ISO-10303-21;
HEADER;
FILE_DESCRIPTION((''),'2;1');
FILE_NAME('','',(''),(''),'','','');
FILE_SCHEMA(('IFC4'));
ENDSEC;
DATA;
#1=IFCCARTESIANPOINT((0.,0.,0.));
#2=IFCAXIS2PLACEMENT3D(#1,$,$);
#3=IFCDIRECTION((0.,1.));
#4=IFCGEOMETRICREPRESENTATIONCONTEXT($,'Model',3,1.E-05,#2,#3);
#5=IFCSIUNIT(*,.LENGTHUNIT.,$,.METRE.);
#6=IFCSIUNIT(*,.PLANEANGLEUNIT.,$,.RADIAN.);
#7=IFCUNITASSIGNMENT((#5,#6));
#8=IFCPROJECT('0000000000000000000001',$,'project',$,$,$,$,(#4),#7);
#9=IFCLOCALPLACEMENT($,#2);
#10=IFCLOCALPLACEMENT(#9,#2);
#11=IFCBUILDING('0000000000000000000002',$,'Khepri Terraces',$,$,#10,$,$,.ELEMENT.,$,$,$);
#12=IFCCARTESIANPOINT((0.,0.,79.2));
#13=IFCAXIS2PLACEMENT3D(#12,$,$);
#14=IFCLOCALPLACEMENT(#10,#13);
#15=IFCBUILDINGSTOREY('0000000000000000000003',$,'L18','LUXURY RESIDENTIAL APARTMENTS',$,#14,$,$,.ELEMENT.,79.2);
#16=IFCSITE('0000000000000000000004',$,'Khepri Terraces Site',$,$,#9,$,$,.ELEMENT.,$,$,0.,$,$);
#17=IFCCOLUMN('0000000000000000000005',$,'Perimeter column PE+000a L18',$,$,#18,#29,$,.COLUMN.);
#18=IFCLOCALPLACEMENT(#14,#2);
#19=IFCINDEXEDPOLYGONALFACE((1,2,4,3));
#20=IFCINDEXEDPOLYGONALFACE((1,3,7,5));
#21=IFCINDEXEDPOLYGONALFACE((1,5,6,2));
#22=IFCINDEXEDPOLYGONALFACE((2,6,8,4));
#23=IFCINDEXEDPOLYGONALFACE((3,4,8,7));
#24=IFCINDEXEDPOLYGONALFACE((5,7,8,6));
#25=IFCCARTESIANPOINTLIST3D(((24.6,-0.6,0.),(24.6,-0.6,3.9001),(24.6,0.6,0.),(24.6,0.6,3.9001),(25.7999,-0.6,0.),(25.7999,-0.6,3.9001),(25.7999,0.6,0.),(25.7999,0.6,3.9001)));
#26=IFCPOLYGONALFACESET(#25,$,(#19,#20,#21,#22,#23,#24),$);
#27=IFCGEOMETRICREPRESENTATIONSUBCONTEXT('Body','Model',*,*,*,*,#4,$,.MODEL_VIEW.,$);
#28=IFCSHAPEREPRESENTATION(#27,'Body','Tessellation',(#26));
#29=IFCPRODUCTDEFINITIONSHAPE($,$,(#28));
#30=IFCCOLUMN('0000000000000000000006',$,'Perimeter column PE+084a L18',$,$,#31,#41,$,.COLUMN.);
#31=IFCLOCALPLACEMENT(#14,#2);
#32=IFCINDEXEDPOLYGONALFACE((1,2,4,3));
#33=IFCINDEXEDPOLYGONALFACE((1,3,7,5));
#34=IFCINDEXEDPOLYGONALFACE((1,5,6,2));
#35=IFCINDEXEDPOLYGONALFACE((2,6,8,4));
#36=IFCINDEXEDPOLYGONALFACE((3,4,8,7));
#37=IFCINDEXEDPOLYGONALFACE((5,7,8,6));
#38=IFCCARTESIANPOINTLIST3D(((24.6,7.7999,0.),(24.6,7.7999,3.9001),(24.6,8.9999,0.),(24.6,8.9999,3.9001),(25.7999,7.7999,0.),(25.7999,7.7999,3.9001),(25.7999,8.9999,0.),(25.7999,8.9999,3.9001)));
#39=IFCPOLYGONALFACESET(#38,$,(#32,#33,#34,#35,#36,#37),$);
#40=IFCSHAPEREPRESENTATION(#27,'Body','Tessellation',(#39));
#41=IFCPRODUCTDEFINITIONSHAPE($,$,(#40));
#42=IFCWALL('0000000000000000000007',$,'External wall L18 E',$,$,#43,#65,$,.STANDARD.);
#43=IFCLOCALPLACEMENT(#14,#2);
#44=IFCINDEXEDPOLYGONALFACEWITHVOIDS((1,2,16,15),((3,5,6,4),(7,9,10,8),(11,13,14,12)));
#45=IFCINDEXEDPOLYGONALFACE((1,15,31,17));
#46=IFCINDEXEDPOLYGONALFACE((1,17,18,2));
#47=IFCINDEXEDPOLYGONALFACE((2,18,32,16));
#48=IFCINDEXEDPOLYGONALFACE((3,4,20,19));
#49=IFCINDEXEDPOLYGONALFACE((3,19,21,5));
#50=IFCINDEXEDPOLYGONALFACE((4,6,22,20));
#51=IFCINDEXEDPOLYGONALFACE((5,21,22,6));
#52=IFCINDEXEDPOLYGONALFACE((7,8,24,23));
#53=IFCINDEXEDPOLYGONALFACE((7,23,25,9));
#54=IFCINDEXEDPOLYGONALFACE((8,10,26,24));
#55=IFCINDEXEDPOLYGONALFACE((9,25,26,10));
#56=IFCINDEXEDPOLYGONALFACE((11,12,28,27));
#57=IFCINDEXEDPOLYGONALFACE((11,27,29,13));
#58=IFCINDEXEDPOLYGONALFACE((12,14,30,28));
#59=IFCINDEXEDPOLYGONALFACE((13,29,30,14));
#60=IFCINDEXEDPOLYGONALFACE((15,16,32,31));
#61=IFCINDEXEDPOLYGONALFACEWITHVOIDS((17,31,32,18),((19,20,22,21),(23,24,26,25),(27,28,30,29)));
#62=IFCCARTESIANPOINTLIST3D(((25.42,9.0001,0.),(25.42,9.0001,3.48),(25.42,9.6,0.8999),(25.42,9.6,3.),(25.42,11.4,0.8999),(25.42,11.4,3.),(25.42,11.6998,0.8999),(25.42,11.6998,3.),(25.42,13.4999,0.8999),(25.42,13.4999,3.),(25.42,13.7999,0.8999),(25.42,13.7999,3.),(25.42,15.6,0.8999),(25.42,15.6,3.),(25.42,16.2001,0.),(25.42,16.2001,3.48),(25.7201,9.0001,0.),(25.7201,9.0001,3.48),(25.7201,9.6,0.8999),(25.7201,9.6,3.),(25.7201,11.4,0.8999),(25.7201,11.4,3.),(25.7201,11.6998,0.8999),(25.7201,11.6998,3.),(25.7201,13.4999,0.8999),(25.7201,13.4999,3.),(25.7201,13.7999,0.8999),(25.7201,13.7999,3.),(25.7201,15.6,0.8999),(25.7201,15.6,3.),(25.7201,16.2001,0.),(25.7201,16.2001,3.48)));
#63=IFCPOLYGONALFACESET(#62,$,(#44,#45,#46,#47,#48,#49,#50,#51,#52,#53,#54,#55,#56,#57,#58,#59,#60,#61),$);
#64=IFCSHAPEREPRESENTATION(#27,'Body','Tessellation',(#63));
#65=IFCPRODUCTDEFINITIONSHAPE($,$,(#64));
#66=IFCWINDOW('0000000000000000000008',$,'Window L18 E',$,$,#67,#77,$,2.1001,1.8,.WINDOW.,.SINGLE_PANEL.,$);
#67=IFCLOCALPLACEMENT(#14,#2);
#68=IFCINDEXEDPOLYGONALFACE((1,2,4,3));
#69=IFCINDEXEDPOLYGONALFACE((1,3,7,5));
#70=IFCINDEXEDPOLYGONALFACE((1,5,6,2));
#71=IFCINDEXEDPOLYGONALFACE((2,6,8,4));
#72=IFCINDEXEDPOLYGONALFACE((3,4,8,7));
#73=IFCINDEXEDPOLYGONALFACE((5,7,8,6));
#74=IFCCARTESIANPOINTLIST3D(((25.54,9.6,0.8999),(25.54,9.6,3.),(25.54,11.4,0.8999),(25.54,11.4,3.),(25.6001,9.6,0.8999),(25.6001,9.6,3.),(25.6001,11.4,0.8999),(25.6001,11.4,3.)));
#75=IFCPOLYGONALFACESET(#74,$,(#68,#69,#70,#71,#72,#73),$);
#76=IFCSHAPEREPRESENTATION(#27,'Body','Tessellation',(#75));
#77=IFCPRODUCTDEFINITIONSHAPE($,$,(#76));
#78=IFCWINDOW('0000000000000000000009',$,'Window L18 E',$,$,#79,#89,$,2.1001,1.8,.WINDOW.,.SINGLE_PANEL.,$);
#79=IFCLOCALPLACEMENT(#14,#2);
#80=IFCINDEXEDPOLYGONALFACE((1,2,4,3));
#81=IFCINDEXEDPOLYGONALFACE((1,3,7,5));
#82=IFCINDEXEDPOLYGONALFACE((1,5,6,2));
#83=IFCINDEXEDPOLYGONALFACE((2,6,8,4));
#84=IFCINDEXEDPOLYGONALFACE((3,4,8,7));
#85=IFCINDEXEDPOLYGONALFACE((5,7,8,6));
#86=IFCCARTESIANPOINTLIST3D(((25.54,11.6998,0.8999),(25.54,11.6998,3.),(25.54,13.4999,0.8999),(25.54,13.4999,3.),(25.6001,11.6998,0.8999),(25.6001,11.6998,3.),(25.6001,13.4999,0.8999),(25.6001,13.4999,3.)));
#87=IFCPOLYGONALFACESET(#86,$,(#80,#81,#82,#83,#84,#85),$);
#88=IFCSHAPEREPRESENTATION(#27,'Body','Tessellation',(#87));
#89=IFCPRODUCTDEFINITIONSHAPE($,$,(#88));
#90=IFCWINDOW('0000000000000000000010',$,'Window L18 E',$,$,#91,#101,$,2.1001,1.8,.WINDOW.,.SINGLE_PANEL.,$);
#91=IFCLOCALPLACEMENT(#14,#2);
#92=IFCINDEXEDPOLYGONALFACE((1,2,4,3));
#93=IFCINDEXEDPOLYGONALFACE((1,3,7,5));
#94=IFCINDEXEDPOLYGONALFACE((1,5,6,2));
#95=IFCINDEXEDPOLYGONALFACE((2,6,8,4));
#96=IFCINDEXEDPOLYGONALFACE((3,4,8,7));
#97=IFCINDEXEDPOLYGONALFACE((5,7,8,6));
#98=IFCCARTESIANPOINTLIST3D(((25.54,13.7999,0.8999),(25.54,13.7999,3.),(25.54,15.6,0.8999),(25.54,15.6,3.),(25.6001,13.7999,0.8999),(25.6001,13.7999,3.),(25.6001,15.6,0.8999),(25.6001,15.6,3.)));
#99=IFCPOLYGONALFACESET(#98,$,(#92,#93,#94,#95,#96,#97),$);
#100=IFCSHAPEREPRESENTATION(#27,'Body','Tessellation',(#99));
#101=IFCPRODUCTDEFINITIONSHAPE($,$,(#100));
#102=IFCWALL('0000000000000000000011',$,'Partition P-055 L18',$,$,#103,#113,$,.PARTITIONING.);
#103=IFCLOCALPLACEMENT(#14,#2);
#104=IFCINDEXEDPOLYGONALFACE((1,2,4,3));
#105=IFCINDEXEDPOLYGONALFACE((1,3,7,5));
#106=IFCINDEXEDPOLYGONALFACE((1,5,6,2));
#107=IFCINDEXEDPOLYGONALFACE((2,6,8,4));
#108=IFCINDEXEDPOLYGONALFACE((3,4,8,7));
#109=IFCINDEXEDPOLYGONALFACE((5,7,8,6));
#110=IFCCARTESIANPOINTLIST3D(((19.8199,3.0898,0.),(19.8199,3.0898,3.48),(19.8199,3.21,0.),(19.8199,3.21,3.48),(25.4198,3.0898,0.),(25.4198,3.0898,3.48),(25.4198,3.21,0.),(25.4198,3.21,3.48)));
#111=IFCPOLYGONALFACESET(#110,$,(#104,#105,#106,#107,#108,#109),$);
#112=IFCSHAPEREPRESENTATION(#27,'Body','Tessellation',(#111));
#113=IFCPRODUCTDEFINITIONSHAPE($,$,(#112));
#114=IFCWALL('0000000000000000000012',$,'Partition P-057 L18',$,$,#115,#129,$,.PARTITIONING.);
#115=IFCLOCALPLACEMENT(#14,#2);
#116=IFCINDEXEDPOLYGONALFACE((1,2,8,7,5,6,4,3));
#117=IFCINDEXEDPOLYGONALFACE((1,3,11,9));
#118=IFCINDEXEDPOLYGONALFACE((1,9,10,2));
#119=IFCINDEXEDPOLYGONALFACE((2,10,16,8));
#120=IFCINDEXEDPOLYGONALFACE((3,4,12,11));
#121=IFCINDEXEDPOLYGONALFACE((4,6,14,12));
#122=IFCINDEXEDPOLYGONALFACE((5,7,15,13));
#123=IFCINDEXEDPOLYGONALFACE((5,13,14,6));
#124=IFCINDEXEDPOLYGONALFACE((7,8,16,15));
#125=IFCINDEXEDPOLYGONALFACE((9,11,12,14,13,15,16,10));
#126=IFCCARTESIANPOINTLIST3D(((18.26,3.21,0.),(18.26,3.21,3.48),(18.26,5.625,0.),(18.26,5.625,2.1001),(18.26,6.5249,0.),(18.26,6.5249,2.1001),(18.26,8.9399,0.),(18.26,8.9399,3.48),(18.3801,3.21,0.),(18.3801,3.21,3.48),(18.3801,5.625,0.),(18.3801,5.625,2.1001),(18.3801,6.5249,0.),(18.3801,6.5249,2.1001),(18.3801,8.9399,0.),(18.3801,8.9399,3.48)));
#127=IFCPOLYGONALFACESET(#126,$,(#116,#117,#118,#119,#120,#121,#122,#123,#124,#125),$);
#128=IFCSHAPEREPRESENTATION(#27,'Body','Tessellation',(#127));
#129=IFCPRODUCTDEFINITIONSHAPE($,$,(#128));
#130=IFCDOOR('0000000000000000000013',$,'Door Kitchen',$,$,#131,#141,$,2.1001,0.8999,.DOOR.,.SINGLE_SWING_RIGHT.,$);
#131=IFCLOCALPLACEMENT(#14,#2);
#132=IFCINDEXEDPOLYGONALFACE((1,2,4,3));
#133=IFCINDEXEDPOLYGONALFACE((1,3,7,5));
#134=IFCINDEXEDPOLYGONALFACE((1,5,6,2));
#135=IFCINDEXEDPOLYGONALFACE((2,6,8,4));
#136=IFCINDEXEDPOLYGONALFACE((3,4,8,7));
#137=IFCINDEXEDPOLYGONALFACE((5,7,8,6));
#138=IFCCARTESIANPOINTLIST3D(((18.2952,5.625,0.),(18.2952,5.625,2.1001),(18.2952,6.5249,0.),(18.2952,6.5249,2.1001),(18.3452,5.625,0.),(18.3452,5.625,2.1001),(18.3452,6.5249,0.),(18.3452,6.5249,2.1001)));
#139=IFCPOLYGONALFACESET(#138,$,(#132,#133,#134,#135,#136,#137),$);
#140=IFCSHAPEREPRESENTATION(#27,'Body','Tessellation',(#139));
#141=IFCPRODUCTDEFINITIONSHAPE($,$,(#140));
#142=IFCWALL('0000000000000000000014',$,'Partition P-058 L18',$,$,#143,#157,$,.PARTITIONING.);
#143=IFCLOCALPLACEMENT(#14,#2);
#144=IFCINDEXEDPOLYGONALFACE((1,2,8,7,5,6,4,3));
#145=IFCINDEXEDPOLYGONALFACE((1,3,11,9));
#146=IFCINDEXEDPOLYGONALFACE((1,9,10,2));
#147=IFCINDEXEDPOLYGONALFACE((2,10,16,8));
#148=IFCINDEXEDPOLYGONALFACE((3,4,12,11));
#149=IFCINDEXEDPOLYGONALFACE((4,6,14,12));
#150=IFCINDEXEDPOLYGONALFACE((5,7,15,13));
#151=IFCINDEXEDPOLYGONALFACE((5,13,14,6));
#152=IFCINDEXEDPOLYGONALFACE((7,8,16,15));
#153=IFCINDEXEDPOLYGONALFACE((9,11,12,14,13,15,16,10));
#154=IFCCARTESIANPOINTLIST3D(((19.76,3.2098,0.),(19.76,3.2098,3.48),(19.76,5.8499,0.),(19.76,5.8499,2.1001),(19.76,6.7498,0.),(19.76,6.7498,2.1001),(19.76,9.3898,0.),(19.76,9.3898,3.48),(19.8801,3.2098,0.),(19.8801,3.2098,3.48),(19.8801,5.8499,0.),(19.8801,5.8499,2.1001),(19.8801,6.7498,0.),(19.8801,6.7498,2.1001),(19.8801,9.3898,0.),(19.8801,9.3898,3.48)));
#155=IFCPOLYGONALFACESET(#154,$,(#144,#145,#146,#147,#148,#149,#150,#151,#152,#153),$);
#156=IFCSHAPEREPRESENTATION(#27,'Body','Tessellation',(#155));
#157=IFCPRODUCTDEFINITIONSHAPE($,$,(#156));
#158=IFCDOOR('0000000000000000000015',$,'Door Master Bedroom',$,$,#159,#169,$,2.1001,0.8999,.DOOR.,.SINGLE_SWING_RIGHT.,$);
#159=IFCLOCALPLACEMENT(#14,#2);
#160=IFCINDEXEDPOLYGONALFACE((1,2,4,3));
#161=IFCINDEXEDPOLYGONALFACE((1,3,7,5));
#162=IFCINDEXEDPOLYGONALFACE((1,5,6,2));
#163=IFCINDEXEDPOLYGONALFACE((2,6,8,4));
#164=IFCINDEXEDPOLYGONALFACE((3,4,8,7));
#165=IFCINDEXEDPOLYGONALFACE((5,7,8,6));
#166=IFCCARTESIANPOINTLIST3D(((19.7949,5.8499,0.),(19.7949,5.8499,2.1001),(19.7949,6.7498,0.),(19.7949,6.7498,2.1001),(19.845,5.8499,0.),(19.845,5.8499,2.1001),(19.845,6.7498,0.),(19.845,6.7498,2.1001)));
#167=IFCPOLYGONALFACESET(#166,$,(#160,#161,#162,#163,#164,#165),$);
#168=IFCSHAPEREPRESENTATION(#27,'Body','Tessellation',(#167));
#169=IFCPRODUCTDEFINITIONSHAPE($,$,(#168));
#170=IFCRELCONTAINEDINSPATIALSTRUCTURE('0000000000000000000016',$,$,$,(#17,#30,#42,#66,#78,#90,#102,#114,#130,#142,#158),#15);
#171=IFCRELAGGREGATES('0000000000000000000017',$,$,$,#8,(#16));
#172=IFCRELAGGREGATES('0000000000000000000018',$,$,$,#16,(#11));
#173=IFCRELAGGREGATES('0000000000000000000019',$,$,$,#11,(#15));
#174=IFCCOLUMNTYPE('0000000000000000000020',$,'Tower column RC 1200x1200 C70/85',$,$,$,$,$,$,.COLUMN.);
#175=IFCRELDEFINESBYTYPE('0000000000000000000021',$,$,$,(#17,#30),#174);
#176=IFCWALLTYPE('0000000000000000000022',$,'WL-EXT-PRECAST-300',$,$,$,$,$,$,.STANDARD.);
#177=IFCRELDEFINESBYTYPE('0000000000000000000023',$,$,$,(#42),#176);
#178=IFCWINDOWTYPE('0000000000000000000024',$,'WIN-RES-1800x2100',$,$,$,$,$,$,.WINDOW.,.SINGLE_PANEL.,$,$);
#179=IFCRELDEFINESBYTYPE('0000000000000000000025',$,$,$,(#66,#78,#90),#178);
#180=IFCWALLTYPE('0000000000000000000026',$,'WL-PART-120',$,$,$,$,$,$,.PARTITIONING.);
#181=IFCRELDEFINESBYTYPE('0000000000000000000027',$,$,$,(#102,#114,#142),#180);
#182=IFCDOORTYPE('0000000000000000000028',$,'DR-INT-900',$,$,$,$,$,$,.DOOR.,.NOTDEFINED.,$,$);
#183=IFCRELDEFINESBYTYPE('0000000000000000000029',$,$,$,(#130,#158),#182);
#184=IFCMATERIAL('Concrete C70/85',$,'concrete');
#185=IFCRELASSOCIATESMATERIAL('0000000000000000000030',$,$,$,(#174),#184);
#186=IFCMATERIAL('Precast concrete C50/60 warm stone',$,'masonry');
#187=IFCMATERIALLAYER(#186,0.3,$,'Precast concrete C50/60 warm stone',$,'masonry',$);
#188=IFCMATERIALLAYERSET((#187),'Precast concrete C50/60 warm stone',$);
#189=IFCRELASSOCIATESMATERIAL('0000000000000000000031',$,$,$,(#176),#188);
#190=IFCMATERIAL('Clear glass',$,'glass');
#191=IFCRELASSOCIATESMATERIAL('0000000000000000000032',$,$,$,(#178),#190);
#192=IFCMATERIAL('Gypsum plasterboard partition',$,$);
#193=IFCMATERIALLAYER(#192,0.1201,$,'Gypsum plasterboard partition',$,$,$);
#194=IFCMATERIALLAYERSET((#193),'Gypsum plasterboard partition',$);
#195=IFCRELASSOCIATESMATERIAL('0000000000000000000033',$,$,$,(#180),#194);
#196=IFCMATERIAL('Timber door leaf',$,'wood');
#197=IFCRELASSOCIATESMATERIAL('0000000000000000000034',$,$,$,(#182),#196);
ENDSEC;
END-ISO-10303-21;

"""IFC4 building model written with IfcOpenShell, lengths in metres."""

from ifc_helpers import new_model, si_unit, direction, frame, frame_2d, origin, origin_2d, place, context, subcontext, project, spatial, rectangle, extrude, material, layer, layer_set, material_profile, profile_set, type_object, element, fill, save


model = new_model("IFC4")

# Units and contexts
model_context = context("Model", 3, precision=1e-05, world=origin(), true_north=direction((0.0, 1.0)))
body_context = subcontext(model_context, "Body", "Model", "MODEL_VIEW")
ifc_project = project(units=[si_unit("LENGTHUNIT", "METRE"), si_unit("PLANEANGLEUNIT", "RADIAN")], contexts=[model_context])

# Site, building, storey
site_placement = place(None, origin())
site = spatial("IfcSite", under=ifc_project, at=site_placement, Name="Khepri Terraces Site", CompositionType="ELEMENT", RefElevation=0.0)
building_placement = place(site_placement, origin())
building = spatial("IfcBuilding", under=site, at=building_placement, Name="Khepri Terraces", CompositionType="ELEMENT")
storey_placement = place(building_placement, frame((0.0, 0.0, 79.2)))
storey = spatial("IfcBuildingStorey", under=building, at=storey_placement, Name="L18", Description="LUXURY RESIDENTIAL APARTMENTS", CompositionType="ELEMENT", Elevation=79.2)

# Columns
ifc_material_1 = material(Name="Concrete C70/85", Category="concrete")
ifc_material_profile = material_profile(ifc_material_1, rectangle(XDim=1.2, YDim=1.2, at=origin_2d()), Name="Concrete C70/85", Category="concrete")
ifc_profile_set = profile_set([ifc_material_profile], Name="Concrete C70/85")
column_type = type_object("IfcColumnType", Name="Tower column RC 1200x1200 C70/85", PredefinedType="COLUMN", material=ifc_profile_set)
for number, where, z_axis, x_axis, name in (
    (1, (25.2, 0.0, 0.0), (0.0, 0.0, 1.0), (1.0, 0.0, 0.0), "Perimeter column PE+000a L18"),
    (2, (25.2, 8.3999, 0.0), (0.0, 0.0, 1.0), (1.0, 0.0, 0.0), "Perimeter column PE+084a L18"),
):
    element("IfcColumn", number, at=place(storey_placement, frame(where, z_axis=z_axis, x_axis=x_axis)), inside=storey, type_object=column_type, Name=name, PredefinedType="COLUMN", context=body_context, shape_type="SweptSolid", body=[
        extrude(rectangle(XDim=1.2, YDim=1.2, at=origin_2d()), origin(), (0.0, 0.0, 1.0), 3.9001),
    ])

# Shared definitions
ifc_material_2 = material(Name="Precast concrete C50/60 warm stone", Category="masonry")
ifc_layer_1 = layer(ifc_material_2, 0.3, Name="Precast concrete C50/60 warm stone", Category="masonry")
ifc_layer_set_1 = layer_set([ifc_layer_1], Name="Precast concrete C50/60 warm stone")
wall_type_1 = type_object("IfcWallType", Name="WL-EXT-PRECAST-300", PredefinedType="STANDARD", material=ifc_layer_set_1)
ifc_material_3 = material(Name="Clear glass", Category="glass")
window_type = type_object("IfcWindowType", Name="WIN-RES-1800x2100", PartitioningType="SINGLE_PANEL", PredefinedType="WINDOW", material=ifc_material_3)

# Wall, openings, windows
wall_1_placement = place(storey_placement, frame((25.5701, 9.0, 0.0), z_axis=(0.0, 0.0, 1.0), x_axis=(0.0, 1.0, 0.0)))
wall_1 = element("IfcWall", 3, at=wall_1_placement, inside=storey, type_object=wall_type_1, Name="External wall L18 E", PredefinedType="STANDARD", context=body_context, shape_type="SweptSolid", body=[
    extrude(rectangle(XDim=7.2, YDim=0.3, at=frame_2d((3.6001, 0.0))), origin(), (0.0, 0.0, 1.0), 3.48),
])
opening_1_placement = place(wall_1_placement, frame((0.6001, 0.0, 0.8999)))
opening_1 = element("IfcOpeningElement", 4, at=opening_1_placement, cuts=wall_1, PredefinedType="OPENING", context=body_context, shape_type="SweptSolid", body=[
    extrude(rectangle(XDim=1.8, YDim=2.1001, at=frame_2d((0.8999, 1.05))), frame((0.0, 0.1602, 0.0), z_axis=(0.0, -1.0, 0.0), x_axis=(1.0, 0.0, 0.0)), (0.0, 0.0, 1.0), 0.3201),
])
opening_2_placement = place(wall_1_placement, frame((2.7, 0.0, 0.8999)))
opening_2 = element("IfcOpeningElement", 5, at=opening_2_placement, cuts=wall_1, PredefinedType="OPENING", context=body_context, shape_type="SweptSolid", body=[
    extrude(rectangle(XDim=1.8, YDim=2.1001, at=frame_2d((0.8999, 1.05))), frame((0.0, 0.1602, 0.0), z_axis=(0.0, -1.0, 0.0), x_axis=(1.0, 0.0, 0.0)), (0.0, 0.0, 1.0), 0.3201),
])
opening_3_placement = place(wall_1_placement, frame((4.8, 0.0, 0.8999)))
opening_3 = element("IfcOpeningElement", 6, at=opening_3_placement, cuts=wall_1, PredefinedType="OPENING", context=body_context, shape_type="SweptSolid", body=[
    extrude(rectangle(XDim=1.8, YDim=2.1001, at=frame_2d((0.8999, 1.05))), frame((0.0, 0.1602, 0.0), z_axis=(0.0, -1.0, 0.0), x_axis=(1.0, 0.0, 0.0)), (0.0, 0.0, 1.0), 0.3201),
])
window_1_placement = place(opening_1_placement, origin())
window_1 = element("IfcWindow", 7, at=window_1_placement, inside=storey, type_object=window_type, Name="Window L18 E", OverallHeight=2.1001, OverallWidth=1.8, PartitioningType="SINGLE_PANEL", PredefinedType="WINDOW", context=body_context, shape_type="SweptSolid", body=[
    extrude(rectangle(XDim=1.8, YDim=2.1001, at=frame_2d((0.8999, 1.05))), frame((0.0, 0.03, 0.0), z_axis=(0.0, -1.0, 0.0), x_axis=(1.0, 0.0, 0.0)), (0.0, 0.0, 1.0), 0.0601),
])
fill(opening_1, window_1)
window_2_placement = place(opening_2_placement, origin())
window_2 = element("IfcWindow", 8, at=window_2_placement, inside=storey, type_object=window_type, Name="Window L18 E", OverallHeight=2.1001, OverallWidth=1.8, PartitioningType="SINGLE_PANEL", PredefinedType="WINDOW", context=body_context, shape_type="SweptSolid", body=[
    extrude(rectangle(XDim=1.8, YDim=2.1001, at=frame_2d((0.8999, 1.05))), frame((0.0, 0.03, 0.0), z_axis=(0.0, -1.0, 0.0), x_axis=(1.0, 0.0, 0.0)), (0.0, 0.0, 1.0), 0.0601),
])
fill(opening_2, window_2)
window_3_placement = place(opening_3_placement, origin())
window_3 = element("IfcWindow", 9, at=window_3_placement, inside=storey, type_object=window_type, Name="Window L18 E", OverallHeight=2.1001, OverallWidth=1.8, PartitioningType="SINGLE_PANEL", PredefinedType="WINDOW", context=body_context, shape_type="SweptSolid", body=[
    extrude(rectangle(XDim=1.8, YDim=2.1001, at=frame_2d((0.8999, 1.05))), frame((0.0, 0.03, 0.0), z_axis=(0.0, -1.0, 0.0), x_axis=(1.0, 0.0, 0.0)), (0.0, 0.0, 1.0), 0.0601),
])
fill(opening_3, window_3)

# Wall
ifc_material_4 = material(Name="Gypsum plasterboard partition")
ifc_layer_2 = layer(ifc_material_4, 0.1201, Name="Gypsum plasterboard partition")
ifc_layer_set_2 = layer_set([ifc_layer_2], Name="Gypsum plasterboard partition")
wall_type_2 = type_object("IfcWallType", Name="WL-PART-120", PredefinedType="PARTITIONING", material=ifc_layer_set_2)
wall_2_placement = place(storey_placement, frame((19.8201, 3.1499, 0.0), z_axis=(0.0, 0.0, 1.0), x_axis=(1.0, 0.0, 0.0)))
element("IfcWall", 10, at=wall_2_placement, inside=storey, type_object=wall_type_2, Name="Partition P-055 L18", PredefinedType="PARTITIONING", context=body_context, shape_type="SweptSolid", body=[
    extrude(rectangle(XDim=5.5999, YDim=0.1201, at=frame_2d((2.7998, 0.0))), origin(), (0.0, 0.0, 1.0), 3.48),
])

# Walls, openings, doors
wall_3_placement = place(storey_placement, frame((18.3201, 3.21, 0.0), z_axis=(0.0, 0.0, 1.0), x_axis=(0.0, 1.0, 0.0)))
wall_3 = element("IfcWall", 11, at=wall_3_placement, inside=storey, type_object=wall_type_2, Name="Partition P-057 L18", PredefinedType="PARTITIONING", context=body_context, shape_type="SweptSolid", body=[
    extrude(rectangle(XDim=5.73, YDim=0.1201, at=frame_2d((2.865, 0.0))), origin(), (0.0, 0.0, 1.0), 3.48),
])
opening_4_placement = place(wall_3_placement, frame((2.415, 0.0, 0.0)))
opening_4 = element("IfcOpeningElement", 12, at=opening_4_placement, cuts=wall_3, PredefinedType="OPENING", context=body_context, shape_type="SweptSolid", body=[
    extrude(rectangle(XDim=0.8999, YDim=2.1001, at=frame_2d((0.45, 1.05))), frame((0.0, 0.0701, 0.0), z_axis=(0.0, -1.0, 0.0), x_axis=(1.0, 0.0, 0.0)), (0.0, 0.0, 1.0), 0.1401),
])
ifc_material_5 = material(Name="Timber door leaf", Category="wood")
door_type_1 = type_object("IfcDoorType", Name="DR-INT-900", OperationType="NOTDEFINED", PredefinedType="DOOR", material=ifc_material_5)
door_1_placement = place(opening_4_placement, origin())
door_1 = element("IfcDoor", 13, at=door_1_placement, inside=storey, type_object=door_type_1, Name="Door Kitchen", OperationType="SINGLE_SWING_RIGHT", OverallHeight=2.1001, OverallWidth=0.8999, PredefinedType="DOOR", context=body_context, shape_type="SweptSolid", body=[
    extrude(rectangle(XDim=0.8999, YDim=2.1001, at=frame_2d((0.45, 1.05))), frame((0.0, 0.0249, 0.0), z_axis=(0.0, -1.0, 0.0), x_axis=(1.0, 0.0, 0.0)), (0.0, 0.0, 1.0), 0.05),
])
fill(opening_4, door_1)
wall_4_placement = place(storey_placement, frame((19.8201, 3.21, 0.0), z_axis=(0.0, 0.0, 1.0), x_axis=(0.0, 1.0, 0.0)))
wall_4 = element("IfcWall", 14, at=wall_4_placement, inside=storey, type_object=wall_type_2, Name="Partition P-058 L18", PredefinedType="PARTITIONING", context=body_context, shape_type="SweptSolid", body=[
    extrude(rectangle(XDim=6.1799, YDim=0.1201, at=frame_2d((3.0898, 0.0))), origin(), (0.0, 0.0, 1.0), 3.48),
])
opening_5_placement = place(wall_4_placement, frame((2.6399, 0.0, 0.0)))
opening_5 = element("IfcOpeningElement", 15, at=opening_5_placement, cuts=wall_4, PredefinedType="OPENING", context=body_context, shape_type="SweptSolid", body=[
    extrude(rectangle(XDim=0.8999, YDim=2.1001, at=frame_2d((0.45, 1.05))), frame((0.0, 0.0701, 0.0), z_axis=(0.0, -1.0, 0.0), x_axis=(1.0, 0.0, 0.0)), (0.0, 0.0, 1.0), 0.1401),
])
door_2_placement = place(opening_5_placement, frame((0.8999, 0.0, 0.0), z_axis=(0.0, 0.0, 1.0), x_axis=(-1.0, 0.0, 0.0)))
door_2 = element("IfcDoor", 16, at=door_2_placement, inside=storey, type_object=door_type_1, Name="Door Master Bedroom", OperationType="SINGLE_SWING_RIGHT", OverallHeight=2.1001, OverallWidth=0.8999, PredefinedType="DOOR", context=body_context, shape_type="SweptSolid", body=[
    extrude(rectangle(XDim=0.8999, YDim=2.1001, at=frame_2d((0.45, 1.05))), frame((0.0, 0.0249, 0.0), z_axis=(0.0, -1.0, 0.0), x_axis=(1.0, 0.0, 0.0)), (0.0, 0.0, 1.0), 0.05),
])
fill(opening_5, door_2)

save(model, "model.ifc")
